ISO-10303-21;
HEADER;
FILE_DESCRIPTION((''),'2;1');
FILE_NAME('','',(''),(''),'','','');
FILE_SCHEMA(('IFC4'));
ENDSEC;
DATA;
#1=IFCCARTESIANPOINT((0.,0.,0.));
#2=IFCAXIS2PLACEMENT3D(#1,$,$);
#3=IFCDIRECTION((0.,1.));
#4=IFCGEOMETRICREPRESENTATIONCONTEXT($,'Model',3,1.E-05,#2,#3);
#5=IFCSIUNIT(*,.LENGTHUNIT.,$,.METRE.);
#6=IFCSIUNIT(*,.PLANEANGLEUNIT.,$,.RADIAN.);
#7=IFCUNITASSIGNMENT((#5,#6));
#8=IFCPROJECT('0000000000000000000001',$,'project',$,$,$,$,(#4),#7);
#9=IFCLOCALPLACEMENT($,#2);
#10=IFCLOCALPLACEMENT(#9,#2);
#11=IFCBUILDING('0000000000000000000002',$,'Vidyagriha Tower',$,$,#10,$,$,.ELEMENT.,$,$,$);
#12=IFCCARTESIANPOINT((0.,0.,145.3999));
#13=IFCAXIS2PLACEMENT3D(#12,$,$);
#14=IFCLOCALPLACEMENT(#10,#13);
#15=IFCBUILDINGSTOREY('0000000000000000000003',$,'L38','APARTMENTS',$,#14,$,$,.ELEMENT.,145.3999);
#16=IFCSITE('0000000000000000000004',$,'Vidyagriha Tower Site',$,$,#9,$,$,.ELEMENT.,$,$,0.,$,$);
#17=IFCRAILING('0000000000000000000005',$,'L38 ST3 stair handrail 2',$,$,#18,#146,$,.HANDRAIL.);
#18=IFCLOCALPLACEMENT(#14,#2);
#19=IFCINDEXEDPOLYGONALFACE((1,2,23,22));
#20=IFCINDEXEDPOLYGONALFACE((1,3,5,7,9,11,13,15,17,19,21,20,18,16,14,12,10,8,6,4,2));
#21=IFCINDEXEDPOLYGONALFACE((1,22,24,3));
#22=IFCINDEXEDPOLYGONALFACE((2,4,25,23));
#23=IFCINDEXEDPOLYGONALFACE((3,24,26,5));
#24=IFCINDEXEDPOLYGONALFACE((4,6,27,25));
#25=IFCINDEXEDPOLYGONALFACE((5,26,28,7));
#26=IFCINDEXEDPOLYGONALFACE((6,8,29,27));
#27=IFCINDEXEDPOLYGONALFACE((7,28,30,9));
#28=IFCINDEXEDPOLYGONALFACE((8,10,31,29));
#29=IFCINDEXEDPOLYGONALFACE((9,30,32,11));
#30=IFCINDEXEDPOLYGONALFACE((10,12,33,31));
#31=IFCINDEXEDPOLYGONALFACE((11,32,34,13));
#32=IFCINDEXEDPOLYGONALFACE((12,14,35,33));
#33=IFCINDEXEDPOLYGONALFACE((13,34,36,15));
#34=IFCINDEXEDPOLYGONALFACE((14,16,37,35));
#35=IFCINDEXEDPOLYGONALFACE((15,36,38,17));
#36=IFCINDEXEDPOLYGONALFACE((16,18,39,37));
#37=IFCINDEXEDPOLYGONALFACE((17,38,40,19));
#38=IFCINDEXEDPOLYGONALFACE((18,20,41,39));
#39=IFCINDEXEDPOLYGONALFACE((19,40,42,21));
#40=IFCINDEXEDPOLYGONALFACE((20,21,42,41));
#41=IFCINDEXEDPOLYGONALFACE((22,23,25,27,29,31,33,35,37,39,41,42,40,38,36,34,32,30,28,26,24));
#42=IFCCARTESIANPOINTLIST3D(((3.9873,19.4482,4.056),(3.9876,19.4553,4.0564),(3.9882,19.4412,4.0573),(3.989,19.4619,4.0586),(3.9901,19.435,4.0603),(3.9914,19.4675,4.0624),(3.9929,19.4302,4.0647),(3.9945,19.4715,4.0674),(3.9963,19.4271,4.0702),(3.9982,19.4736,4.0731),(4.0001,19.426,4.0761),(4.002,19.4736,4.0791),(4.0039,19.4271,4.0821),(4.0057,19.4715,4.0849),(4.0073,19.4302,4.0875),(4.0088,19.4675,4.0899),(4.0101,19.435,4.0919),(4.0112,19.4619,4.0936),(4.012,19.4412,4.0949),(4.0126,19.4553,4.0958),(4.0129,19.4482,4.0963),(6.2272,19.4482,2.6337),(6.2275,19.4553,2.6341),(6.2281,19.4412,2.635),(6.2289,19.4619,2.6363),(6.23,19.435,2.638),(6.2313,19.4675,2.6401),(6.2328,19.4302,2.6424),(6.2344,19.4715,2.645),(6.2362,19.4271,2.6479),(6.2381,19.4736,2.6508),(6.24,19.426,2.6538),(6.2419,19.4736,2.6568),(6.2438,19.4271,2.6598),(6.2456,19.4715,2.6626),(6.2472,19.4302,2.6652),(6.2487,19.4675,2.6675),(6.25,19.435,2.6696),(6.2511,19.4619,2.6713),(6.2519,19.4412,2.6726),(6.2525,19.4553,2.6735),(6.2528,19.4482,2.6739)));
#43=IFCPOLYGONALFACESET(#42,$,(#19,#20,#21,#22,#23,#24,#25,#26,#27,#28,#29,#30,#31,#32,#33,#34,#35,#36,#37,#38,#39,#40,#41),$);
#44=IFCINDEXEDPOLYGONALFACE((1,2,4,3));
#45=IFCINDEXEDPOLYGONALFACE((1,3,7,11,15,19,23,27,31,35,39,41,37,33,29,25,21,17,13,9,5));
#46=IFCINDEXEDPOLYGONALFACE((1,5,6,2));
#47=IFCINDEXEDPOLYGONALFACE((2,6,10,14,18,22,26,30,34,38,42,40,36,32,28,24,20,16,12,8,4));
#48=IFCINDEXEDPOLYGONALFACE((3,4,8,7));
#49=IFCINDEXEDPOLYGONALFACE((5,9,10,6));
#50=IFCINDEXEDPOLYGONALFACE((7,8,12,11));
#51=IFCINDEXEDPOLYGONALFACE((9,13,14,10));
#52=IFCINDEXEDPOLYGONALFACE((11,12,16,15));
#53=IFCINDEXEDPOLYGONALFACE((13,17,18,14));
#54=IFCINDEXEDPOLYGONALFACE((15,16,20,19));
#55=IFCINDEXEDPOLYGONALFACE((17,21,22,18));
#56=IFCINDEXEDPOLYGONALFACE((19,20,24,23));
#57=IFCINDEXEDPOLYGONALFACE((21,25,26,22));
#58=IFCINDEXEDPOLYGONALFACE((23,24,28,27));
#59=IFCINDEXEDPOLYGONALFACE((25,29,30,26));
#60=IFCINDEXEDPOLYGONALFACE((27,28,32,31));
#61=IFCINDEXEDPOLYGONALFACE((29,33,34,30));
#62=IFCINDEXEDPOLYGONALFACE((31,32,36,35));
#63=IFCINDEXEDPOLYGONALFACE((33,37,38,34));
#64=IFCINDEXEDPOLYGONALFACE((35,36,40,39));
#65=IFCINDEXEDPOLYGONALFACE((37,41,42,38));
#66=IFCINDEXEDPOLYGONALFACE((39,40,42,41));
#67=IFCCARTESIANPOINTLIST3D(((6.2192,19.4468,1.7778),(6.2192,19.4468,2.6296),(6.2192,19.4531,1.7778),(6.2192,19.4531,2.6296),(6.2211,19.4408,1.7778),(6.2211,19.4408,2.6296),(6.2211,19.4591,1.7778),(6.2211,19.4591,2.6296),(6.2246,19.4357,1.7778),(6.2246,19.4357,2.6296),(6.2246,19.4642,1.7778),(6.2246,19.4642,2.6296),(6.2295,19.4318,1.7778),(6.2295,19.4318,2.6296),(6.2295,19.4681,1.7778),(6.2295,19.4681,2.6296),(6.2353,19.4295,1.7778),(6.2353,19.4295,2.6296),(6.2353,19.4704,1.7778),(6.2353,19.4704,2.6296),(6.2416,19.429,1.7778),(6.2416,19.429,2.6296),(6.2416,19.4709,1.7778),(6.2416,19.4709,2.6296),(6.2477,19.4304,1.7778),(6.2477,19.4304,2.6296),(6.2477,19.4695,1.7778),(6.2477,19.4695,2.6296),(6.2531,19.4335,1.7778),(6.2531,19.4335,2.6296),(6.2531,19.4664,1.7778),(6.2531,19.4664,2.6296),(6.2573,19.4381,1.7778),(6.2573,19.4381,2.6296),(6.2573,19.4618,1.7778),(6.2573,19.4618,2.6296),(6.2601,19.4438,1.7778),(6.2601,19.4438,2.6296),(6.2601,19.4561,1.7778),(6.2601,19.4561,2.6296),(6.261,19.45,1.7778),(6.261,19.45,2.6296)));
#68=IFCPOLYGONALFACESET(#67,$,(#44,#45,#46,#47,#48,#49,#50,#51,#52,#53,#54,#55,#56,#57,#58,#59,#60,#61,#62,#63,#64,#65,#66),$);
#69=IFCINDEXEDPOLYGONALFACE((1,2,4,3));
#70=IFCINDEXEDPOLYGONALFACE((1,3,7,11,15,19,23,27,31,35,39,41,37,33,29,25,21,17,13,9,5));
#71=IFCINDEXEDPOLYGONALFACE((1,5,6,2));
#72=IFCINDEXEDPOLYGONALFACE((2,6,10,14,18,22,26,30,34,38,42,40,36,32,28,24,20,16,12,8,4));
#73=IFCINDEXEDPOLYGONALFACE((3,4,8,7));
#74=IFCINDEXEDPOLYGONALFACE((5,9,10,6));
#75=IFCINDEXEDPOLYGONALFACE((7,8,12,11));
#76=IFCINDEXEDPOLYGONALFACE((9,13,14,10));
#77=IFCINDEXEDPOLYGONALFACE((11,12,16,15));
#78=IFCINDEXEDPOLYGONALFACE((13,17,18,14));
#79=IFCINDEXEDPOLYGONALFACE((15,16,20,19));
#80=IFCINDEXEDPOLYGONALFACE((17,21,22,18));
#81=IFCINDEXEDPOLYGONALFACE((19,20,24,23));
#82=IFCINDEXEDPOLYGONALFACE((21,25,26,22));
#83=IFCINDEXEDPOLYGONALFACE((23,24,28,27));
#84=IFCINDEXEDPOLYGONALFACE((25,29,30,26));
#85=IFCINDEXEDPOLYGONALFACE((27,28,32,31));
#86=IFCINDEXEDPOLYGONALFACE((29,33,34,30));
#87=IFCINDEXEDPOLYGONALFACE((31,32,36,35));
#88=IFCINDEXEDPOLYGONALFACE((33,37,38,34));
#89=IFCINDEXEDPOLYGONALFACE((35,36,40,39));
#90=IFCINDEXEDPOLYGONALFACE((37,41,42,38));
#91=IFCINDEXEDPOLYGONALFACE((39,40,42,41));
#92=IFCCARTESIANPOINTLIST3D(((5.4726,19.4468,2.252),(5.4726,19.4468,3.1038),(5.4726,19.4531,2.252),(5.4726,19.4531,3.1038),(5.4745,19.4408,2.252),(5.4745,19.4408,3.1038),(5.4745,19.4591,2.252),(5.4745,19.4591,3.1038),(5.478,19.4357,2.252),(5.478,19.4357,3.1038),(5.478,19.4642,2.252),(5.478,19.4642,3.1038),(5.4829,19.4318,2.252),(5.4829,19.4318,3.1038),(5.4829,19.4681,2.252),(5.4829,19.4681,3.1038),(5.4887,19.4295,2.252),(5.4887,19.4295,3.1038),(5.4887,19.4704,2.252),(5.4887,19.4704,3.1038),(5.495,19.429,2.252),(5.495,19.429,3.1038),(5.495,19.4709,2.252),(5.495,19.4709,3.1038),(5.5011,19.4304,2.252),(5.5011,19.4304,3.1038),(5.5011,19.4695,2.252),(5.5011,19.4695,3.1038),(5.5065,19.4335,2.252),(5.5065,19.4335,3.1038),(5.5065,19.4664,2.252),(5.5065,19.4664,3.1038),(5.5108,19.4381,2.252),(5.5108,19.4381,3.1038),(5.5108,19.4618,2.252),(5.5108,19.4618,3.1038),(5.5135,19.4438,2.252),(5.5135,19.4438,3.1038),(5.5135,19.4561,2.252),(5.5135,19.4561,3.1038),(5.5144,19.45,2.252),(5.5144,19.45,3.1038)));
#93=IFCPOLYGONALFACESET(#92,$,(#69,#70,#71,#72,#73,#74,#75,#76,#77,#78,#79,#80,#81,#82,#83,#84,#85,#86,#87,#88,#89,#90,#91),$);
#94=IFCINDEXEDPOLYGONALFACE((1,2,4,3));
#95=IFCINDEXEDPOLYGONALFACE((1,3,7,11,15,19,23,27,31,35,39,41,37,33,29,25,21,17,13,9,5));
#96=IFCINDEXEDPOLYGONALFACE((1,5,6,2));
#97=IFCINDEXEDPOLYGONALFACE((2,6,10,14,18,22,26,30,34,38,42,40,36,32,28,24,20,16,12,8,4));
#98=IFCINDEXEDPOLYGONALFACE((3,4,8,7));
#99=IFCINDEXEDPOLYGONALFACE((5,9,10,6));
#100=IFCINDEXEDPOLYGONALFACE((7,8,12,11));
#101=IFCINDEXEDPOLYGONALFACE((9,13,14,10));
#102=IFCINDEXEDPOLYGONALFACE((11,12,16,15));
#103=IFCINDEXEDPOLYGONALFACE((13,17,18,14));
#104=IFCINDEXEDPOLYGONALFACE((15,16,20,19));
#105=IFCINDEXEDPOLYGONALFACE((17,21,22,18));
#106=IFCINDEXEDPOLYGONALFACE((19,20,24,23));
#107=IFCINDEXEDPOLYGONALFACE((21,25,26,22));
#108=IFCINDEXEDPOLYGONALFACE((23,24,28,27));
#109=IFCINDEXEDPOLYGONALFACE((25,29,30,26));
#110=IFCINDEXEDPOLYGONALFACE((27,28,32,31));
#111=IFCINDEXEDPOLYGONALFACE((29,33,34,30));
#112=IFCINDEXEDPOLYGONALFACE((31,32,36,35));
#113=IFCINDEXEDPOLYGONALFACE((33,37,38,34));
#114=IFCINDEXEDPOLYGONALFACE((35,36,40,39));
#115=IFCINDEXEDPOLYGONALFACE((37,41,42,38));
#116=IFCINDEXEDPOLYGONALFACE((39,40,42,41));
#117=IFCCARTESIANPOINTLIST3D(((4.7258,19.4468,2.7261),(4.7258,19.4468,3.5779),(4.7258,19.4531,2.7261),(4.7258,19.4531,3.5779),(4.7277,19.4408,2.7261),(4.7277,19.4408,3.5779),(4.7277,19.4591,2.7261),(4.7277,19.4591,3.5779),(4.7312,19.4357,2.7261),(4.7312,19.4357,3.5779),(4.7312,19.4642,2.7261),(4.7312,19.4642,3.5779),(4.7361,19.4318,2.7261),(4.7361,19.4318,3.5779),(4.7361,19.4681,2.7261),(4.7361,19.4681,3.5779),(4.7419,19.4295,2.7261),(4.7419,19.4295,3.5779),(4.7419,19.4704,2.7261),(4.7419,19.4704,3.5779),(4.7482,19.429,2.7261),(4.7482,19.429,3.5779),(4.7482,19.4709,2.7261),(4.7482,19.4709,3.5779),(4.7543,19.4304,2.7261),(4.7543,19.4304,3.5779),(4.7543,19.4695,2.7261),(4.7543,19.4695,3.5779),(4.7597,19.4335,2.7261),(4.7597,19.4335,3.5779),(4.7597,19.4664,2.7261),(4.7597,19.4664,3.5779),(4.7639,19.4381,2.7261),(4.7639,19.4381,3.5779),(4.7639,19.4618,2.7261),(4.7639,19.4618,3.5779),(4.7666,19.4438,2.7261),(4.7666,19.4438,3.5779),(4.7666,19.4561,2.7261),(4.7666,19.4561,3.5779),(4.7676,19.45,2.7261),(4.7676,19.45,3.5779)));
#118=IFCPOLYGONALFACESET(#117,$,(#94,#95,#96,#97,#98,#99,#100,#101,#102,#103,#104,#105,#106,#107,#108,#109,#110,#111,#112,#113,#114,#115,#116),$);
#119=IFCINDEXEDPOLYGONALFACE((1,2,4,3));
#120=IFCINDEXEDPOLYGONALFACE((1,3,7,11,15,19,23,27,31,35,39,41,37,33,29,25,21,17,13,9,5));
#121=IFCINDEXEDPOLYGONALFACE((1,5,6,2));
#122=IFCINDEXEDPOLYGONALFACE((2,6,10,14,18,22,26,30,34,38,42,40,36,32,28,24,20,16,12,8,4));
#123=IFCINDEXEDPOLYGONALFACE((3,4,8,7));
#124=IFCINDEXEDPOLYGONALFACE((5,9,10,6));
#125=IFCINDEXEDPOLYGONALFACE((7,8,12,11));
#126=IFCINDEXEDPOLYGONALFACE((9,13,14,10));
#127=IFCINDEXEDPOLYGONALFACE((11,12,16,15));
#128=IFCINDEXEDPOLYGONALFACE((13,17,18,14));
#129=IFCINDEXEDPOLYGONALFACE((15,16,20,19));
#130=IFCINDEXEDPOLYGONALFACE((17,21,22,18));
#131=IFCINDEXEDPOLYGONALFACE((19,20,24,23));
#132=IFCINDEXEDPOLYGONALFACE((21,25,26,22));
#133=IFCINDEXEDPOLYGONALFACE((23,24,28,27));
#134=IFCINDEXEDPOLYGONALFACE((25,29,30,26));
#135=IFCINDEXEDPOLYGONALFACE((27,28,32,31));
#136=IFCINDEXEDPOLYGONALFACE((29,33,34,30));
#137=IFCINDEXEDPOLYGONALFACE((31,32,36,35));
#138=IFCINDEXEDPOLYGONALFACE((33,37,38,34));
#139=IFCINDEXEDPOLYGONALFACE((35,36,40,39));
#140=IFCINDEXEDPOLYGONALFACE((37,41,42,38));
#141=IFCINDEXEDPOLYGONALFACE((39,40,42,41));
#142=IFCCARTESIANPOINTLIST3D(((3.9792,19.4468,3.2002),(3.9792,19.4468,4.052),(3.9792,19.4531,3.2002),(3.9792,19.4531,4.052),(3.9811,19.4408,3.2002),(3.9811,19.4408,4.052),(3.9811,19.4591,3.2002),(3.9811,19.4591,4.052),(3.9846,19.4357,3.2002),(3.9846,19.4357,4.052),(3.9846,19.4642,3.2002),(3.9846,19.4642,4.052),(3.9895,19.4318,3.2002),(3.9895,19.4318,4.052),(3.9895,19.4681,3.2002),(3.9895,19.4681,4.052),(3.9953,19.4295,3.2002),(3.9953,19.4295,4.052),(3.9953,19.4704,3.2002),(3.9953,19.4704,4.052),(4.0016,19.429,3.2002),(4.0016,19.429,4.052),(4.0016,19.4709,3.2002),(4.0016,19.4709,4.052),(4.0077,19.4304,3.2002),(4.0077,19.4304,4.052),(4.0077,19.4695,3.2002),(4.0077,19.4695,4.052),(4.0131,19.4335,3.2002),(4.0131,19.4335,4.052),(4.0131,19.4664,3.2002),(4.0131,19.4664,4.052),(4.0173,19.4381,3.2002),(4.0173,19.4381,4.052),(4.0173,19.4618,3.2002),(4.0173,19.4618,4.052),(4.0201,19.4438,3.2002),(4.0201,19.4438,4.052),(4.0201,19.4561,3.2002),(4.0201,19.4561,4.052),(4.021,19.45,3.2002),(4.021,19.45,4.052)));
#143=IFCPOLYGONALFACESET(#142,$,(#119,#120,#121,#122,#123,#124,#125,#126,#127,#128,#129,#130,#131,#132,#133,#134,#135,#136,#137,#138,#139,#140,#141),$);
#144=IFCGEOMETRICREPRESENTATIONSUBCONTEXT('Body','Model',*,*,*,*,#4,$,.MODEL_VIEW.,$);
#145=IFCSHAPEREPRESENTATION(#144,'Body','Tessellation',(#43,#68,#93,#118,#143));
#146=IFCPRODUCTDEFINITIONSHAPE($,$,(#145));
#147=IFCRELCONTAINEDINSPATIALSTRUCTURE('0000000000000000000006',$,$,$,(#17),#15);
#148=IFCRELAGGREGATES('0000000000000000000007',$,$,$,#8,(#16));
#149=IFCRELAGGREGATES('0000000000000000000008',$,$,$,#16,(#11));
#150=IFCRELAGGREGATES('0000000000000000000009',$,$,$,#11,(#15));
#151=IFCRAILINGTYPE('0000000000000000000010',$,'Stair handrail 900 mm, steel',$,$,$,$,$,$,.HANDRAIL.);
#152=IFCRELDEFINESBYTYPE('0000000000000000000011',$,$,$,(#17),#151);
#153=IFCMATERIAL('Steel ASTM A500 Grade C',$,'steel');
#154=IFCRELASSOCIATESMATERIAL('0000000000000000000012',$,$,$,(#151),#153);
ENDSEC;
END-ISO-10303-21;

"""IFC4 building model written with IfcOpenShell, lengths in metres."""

from ifc_helpers import new_model, si_unit, direction, frame, origin, origin_2d, place, context, subcontext, project, spatial, circle, extrude, material, type_object, element, save


model = new_model("IFC4")

# Units and contexts
model_context = context("Model", 3, precision=1e-05, world=origin(), true_north=direction((0.0, 1.0)))
body_context = subcontext(model_context, "Body", "Model", "MODEL_VIEW")
ifc_project = project(units=[si_unit("LENGTHUNIT", "METRE"), si_unit("PLANEANGLEUNIT", "RADIAN")], contexts=[model_context])

# Site, building, storey
site_placement = place(None, origin())
site = spatial("IfcSite", under=ifc_project, at=site_placement, Name="Vidyagriha Tower Site", CompositionType="ELEMENT", RefElevation=0.0)
building_placement = place(site_placement, origin())
building = spatial("IfcBuilding", under=site, at=building_placement, Name="Vidyagriha Tower", CompositionType="ELEMENT")
storey_placement = place(building_placement, frame((0.0, 0.0, 145.3999)))
storey = spatial("IfcBuildingStorey", under=building, at=storey_placement, Name="L38", Description="APARTMENTS", CompositionType="ELEMENT", Elevation=145.3999)

# Railing
ifc_material_1 = material(Name="Steel ASTM A500 Grade C", Category="steel")
railing_type_1 = type_object("IfcRailingType", Name="Stair handrail 900 mm, steel", PredefinedType="HANDRAIL", material=ifc_material_1)
railing_1_placement = place(storey_placement, frame((6.24, 19.45, 1.7778)))
element("IfcRailing", 1, at=railing_1_placement, inside=storey, type_object=railing_type_1, Name="L38 ST3 stair handrail 2", PredefinedType="HANDRAIL", context=body_context, shape_type="SweptSolid", body=[
    extrude(circle(Radius=0.0239, at=origin_2d()), frame((0.0, 0.0, 0.876), z_axis=(-0.844188, 0.0, 0.536048), x_axis=(0.0, -1.0, 0.0)), (0.0, 0.0, 1.0), 2.6533),
    extrude(circle(Radius=0.021, at=origin_2d()), origin(), (0.0, 0.0, 1.0), 0.8518),
    extrude(circle(Radius=0.021, at=origin_2d()), frame((-0.7466, 0.0, 0.4741)), (0.0, 0.0, 1.0), 0.8518),
    extrude(circle(Radius=0.021, at=origin_2d()), frame((-1.4934, 0.0, 0.9482)), (0.0, 0.0, 1.0), 0.8518),
    extrude(circle(Radius=0.021, at=origin_2d()), frame((-2.24, 0.0, 1.4224)), (0.0, 0.0, 1.0), 0.8518),
])

save(model, "model.ifc")
